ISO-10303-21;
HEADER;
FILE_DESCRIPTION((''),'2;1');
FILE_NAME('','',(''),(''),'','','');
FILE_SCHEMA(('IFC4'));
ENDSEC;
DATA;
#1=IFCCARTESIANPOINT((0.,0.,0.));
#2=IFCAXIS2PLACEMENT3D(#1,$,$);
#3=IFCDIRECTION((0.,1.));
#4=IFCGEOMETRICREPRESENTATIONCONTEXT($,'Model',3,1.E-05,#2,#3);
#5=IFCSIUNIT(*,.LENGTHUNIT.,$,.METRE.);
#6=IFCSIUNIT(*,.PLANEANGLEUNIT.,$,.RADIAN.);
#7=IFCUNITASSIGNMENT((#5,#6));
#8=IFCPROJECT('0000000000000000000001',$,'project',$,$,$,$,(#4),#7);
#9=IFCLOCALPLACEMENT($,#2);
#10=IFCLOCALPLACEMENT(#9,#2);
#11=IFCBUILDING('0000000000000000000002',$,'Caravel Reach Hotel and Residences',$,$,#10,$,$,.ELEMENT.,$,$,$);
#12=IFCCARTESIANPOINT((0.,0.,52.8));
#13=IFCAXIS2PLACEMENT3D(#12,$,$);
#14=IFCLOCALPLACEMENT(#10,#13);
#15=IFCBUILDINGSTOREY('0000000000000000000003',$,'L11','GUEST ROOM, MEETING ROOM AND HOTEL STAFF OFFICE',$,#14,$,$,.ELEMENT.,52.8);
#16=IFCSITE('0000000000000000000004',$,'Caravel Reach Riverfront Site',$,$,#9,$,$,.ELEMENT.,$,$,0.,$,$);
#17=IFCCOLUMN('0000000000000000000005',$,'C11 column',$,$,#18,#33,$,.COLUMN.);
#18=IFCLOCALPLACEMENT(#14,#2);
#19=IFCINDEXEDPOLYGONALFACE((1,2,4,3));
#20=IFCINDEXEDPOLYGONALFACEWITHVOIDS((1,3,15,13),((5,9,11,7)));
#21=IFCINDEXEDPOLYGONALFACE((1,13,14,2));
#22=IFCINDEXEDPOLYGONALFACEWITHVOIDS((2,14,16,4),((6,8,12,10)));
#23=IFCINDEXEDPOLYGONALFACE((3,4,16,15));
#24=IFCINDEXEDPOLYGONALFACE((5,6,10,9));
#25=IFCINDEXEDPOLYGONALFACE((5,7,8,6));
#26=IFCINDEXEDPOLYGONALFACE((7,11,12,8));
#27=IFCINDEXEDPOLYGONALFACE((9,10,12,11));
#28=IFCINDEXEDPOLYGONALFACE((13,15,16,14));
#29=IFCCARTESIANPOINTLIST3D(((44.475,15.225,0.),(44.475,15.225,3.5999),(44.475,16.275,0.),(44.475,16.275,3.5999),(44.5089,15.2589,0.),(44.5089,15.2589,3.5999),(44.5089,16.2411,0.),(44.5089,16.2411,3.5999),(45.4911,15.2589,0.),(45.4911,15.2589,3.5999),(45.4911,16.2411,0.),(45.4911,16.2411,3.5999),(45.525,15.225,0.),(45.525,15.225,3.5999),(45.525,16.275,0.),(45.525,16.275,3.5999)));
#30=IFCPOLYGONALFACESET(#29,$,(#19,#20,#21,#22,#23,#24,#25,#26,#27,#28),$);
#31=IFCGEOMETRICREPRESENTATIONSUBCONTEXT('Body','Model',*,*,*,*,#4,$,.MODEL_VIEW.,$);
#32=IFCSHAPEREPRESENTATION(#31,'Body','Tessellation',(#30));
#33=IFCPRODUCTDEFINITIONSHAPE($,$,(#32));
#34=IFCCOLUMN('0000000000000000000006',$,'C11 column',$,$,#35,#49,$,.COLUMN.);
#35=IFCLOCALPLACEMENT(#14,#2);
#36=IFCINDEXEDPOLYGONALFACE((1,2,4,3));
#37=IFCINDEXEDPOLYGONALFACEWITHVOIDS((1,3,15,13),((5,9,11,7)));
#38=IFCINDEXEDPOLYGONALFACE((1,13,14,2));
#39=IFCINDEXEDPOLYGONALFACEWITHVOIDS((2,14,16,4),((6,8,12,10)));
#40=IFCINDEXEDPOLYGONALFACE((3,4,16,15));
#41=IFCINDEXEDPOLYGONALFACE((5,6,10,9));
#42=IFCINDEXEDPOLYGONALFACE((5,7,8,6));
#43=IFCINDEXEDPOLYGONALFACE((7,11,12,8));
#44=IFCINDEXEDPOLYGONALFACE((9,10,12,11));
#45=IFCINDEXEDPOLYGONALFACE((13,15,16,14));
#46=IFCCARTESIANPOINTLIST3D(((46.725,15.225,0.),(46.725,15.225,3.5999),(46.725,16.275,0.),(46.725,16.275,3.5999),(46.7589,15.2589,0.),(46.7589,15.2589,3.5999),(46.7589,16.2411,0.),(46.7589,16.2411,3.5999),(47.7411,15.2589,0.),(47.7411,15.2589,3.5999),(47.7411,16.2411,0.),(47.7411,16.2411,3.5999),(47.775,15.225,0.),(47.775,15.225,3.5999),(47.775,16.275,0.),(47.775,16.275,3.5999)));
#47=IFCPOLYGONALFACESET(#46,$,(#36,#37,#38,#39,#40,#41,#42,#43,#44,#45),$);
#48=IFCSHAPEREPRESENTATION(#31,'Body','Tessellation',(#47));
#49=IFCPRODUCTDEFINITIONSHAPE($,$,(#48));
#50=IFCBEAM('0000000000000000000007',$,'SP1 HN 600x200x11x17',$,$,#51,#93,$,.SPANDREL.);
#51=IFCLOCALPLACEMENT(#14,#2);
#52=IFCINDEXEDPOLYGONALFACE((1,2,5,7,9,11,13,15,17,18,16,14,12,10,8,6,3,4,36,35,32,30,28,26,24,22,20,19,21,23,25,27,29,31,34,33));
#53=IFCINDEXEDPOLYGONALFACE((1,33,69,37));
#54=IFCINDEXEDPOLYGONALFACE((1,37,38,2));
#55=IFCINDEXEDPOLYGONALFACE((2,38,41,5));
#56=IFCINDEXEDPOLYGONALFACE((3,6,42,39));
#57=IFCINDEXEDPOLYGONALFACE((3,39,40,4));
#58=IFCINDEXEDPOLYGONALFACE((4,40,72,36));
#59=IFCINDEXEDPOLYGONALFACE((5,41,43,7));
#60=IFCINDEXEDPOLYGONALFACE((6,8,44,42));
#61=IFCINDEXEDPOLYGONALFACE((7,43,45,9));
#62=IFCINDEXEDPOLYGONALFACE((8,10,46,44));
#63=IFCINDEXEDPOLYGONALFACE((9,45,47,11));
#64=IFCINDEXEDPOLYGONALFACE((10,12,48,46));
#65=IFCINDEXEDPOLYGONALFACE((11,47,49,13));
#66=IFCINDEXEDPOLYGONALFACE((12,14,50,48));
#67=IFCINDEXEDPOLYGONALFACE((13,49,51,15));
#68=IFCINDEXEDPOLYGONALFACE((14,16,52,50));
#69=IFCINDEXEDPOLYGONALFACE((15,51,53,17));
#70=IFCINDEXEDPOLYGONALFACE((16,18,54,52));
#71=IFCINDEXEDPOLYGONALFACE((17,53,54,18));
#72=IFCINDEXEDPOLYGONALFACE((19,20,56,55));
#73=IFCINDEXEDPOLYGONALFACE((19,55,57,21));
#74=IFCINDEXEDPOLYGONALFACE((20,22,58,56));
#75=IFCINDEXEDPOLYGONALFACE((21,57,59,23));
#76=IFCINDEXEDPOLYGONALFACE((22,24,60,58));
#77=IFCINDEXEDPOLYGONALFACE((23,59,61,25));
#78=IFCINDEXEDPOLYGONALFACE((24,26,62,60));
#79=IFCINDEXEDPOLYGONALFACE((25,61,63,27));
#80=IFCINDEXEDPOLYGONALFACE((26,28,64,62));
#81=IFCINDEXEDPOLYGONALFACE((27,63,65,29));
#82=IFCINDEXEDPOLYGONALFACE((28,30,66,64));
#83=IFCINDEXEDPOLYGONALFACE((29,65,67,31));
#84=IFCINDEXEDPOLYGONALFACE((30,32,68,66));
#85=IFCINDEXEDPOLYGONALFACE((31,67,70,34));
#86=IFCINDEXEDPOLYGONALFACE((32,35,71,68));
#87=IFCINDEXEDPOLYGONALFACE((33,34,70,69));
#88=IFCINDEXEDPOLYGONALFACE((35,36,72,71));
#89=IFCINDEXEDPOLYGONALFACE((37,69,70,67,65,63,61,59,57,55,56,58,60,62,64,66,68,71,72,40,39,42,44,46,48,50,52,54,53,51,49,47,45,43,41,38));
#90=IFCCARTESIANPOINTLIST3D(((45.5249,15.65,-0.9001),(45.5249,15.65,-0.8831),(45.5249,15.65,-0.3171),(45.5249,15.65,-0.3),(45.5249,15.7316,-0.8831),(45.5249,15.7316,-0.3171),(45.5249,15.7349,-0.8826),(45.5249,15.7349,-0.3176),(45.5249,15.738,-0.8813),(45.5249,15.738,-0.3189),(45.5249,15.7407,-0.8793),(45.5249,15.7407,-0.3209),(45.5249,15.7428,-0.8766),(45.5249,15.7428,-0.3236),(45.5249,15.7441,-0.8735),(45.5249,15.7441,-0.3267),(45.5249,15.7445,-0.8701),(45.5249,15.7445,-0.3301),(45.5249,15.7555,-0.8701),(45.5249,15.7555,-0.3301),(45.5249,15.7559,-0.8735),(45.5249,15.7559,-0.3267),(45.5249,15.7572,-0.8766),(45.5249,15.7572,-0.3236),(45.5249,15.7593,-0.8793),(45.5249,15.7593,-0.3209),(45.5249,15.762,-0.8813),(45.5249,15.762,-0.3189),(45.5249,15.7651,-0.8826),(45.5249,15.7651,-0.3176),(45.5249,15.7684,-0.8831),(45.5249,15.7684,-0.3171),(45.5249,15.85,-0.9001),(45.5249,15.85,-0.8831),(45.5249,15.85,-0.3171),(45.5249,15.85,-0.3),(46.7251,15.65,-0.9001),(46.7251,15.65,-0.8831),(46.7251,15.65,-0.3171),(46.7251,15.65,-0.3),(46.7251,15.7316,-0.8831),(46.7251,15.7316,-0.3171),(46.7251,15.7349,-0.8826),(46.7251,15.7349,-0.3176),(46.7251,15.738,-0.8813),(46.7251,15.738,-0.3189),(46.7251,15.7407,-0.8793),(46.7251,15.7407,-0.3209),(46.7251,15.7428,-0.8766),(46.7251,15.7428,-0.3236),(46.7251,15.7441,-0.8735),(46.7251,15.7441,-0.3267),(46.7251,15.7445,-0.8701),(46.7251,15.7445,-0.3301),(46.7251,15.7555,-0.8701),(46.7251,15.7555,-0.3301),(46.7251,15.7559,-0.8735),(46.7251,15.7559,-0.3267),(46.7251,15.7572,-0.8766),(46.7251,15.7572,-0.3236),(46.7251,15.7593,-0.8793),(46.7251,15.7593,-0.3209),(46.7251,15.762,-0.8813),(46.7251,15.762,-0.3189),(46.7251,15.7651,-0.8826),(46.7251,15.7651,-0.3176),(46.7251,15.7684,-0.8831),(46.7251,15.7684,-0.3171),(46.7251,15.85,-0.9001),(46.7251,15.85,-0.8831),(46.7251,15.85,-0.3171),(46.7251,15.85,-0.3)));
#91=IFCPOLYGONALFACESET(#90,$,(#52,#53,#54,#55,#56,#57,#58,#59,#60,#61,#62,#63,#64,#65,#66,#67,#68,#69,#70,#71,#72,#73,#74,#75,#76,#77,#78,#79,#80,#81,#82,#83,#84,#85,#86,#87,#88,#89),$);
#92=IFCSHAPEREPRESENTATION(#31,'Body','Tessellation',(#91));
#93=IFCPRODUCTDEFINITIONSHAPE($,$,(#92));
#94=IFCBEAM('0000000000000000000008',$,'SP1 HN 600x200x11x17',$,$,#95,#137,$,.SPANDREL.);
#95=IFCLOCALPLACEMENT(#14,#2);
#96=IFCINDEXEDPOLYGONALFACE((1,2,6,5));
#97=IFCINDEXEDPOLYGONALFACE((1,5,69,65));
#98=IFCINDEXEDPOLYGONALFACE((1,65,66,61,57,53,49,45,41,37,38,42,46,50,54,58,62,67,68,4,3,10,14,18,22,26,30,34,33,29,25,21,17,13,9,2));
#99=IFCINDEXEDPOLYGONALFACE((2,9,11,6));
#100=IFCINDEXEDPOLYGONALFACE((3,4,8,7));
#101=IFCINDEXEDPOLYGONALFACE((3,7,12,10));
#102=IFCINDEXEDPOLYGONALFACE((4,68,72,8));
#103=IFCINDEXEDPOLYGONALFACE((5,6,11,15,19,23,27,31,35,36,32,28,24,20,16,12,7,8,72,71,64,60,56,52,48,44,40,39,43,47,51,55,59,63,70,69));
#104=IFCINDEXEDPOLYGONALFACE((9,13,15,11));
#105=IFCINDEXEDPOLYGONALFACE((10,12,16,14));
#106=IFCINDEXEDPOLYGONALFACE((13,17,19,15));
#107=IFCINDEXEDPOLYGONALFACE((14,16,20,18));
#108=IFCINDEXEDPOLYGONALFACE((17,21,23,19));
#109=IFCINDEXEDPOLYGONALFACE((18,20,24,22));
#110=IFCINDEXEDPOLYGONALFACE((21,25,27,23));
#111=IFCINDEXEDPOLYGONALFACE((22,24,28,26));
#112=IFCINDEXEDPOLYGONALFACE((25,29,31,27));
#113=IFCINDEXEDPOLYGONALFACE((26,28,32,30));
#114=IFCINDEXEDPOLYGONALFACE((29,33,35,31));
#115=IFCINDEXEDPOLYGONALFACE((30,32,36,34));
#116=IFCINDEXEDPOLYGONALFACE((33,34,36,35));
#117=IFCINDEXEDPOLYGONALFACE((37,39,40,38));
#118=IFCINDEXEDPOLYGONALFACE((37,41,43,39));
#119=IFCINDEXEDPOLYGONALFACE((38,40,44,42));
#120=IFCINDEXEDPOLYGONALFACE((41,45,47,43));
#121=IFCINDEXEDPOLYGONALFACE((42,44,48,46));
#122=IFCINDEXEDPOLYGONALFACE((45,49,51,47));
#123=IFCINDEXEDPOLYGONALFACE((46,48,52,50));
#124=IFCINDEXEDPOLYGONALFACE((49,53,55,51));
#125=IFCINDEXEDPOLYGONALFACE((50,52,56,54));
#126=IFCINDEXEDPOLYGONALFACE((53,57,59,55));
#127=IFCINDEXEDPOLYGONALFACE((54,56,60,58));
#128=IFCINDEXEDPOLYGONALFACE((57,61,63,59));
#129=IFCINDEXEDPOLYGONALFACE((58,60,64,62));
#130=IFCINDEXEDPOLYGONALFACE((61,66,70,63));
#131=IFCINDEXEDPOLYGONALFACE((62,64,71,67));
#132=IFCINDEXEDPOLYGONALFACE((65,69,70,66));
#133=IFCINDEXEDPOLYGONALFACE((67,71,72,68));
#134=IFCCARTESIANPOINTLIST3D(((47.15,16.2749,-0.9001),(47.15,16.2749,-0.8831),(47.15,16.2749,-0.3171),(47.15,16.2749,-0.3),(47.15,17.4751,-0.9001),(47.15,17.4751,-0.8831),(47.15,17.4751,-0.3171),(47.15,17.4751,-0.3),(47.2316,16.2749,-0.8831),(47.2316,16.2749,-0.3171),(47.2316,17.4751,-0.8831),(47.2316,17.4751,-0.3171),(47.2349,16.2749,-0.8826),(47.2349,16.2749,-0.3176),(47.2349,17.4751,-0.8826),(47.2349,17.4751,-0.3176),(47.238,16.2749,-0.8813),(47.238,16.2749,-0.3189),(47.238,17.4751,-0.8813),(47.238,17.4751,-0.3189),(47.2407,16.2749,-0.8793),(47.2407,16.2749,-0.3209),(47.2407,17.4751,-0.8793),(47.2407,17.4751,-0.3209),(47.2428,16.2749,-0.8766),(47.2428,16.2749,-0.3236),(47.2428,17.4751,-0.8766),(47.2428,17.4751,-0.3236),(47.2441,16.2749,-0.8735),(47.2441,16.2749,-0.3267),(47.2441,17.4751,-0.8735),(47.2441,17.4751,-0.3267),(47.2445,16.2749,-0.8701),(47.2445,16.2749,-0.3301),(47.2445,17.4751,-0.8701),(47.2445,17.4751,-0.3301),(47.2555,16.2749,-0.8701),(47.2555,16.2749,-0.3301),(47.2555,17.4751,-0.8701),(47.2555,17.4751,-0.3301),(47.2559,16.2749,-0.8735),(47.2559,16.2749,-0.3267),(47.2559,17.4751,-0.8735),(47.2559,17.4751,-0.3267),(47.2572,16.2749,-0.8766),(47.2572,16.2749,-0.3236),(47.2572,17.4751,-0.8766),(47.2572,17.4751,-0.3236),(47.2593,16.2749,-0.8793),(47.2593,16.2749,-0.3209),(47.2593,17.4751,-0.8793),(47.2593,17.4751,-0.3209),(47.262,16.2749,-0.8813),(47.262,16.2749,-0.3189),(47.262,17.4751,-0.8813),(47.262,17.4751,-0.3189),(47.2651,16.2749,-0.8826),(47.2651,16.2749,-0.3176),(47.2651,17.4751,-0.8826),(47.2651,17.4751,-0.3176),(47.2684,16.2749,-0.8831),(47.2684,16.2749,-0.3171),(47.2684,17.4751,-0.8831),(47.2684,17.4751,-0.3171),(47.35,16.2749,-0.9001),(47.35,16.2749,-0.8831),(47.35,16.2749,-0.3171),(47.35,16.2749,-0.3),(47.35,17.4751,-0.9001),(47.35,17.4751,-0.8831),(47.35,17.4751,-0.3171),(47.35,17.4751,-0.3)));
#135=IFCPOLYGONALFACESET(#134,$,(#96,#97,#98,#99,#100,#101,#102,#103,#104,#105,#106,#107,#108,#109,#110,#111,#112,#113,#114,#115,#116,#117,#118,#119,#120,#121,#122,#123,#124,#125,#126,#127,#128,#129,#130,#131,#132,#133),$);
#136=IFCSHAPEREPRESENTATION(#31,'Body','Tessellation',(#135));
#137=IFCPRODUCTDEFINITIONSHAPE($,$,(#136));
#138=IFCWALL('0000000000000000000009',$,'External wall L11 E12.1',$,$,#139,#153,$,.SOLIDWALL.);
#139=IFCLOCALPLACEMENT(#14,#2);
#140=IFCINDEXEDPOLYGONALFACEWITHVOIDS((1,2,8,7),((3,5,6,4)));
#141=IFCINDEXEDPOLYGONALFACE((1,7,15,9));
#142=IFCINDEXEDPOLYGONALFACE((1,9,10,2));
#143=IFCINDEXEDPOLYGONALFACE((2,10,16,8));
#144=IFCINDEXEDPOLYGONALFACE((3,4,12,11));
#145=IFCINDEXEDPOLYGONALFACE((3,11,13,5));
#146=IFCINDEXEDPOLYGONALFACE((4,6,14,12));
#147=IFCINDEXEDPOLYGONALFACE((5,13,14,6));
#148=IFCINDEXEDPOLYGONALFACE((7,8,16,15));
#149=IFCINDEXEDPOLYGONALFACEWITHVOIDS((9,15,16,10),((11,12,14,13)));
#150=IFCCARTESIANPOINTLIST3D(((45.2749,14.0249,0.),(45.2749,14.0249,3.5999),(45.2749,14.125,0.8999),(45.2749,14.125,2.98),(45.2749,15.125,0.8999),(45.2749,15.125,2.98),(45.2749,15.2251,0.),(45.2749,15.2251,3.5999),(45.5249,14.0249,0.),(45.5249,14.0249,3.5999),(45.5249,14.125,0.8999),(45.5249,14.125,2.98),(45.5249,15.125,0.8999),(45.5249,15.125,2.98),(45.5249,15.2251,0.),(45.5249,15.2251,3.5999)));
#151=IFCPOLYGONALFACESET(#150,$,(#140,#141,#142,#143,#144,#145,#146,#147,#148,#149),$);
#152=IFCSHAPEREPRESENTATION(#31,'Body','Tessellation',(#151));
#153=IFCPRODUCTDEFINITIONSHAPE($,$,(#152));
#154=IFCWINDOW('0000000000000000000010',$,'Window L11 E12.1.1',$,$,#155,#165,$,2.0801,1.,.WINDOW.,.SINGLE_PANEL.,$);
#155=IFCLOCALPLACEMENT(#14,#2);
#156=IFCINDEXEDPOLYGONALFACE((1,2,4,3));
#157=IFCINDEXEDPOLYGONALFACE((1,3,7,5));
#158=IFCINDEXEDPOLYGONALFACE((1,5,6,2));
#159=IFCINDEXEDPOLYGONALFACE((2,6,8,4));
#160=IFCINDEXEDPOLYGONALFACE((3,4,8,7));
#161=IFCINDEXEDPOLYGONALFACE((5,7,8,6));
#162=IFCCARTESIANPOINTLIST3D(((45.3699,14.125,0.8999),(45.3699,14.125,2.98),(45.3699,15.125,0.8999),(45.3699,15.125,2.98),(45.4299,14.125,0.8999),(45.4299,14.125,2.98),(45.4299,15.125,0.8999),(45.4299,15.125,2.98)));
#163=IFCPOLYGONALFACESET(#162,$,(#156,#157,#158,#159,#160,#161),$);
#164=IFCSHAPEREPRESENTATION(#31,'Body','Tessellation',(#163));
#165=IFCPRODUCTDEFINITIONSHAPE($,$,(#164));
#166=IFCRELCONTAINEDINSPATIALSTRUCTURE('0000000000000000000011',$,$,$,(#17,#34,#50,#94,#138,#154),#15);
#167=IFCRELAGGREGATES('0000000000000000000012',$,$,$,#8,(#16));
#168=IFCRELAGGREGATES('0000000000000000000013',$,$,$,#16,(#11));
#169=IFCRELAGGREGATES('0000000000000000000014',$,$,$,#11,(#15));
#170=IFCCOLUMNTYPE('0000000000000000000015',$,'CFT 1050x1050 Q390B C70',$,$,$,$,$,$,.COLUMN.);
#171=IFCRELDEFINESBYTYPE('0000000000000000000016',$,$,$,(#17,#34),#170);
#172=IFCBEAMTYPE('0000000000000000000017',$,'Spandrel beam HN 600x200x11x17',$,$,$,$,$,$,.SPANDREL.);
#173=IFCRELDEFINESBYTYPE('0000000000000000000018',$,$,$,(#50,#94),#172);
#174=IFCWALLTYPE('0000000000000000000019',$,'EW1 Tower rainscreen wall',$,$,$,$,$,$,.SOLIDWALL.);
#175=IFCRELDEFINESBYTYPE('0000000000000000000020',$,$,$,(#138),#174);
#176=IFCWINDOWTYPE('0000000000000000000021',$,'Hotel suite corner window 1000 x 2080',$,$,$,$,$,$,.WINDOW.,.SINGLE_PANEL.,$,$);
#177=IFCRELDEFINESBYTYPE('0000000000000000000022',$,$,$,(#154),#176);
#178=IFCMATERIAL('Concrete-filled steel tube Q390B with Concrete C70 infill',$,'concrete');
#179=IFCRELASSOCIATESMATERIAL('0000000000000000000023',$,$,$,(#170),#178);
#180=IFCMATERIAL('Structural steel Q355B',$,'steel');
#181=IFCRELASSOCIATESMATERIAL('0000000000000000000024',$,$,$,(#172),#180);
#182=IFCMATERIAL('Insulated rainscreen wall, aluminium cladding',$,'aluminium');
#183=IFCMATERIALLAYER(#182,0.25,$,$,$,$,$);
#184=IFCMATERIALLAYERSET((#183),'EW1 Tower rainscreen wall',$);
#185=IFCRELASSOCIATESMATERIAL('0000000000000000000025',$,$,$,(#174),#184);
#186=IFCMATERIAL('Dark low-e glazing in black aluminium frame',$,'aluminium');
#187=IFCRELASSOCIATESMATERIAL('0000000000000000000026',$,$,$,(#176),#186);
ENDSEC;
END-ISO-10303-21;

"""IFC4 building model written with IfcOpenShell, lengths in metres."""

from ifc_helpers import new_model, si_unit, direction, frame, frame_2d, origin, origin_2d, place, context, subcontext, project, spatial, rectangle, hollow_rectangle, i_section, extrude, material, layer, layer_set, material_profile, profile_set, type_object, element, fill, save


model = new_model("IFC4")

# Units and contexts
model_context = context("Model", 3, precision=1e-05, world=origin(), true_north=direction((0.0, 1.0)))
body_context = subcontext(model_context, "Body", "Model", "MODEL_VIEW")
ifc_project = project(units=[si_unit("LENGTHUNIT", "METRE"), si_unit("PLANEANGLEUNIT", "RADIAN")], contexts=[model_context])

# Site, building, storey
site_placement = place(None, origin())
site = spatial("IfcSite", under=ifc_project, at=site_placement, Name="Caravel Reach Riverfront Site", CompositionType="ELEMENT", RefElevation=0.0)
building_placement = place(site_placement, origin())
building = spatial("IfcBuilding", under=site, at=building_placement, Name="Caravel Reach Hotel and Residences", CompositionType="ELEMENT")
storey_placement = place(building_placement, frame((0.0, 0.0, 52.8)))
storey = spatial("IfcBuildingStorey", under=building, at=storey_placement, Name="L11", Description="GUEST ROOM, MEETING ROOM AND HOTEL STAFF OFFICE", CompositionType="ELEMENT", Elevation=52.8)

# Columns
ifc_material_1 = material(Name="Concrete-filled steel tube Q390B with Concrete C70 infill", Category="concrete")
ifc_material_profile_1 = material_profile(ifc_material_1, hollow_rectangle(XDim=1.05, YDim=1.05, WallThickness=0.0339, at=origin_2d()), Name="RHS 1050x1050x34")
ifc_profile_set_1 = profile_set([ifc_material_profile_1], Name="Concrete-filled steel tube Q390B with Concrete C70 infill")
column_type = type_object("IfcColumnType", Name="CFT 1050x1050 Q390B C70", PredefinedType="COLUMN", material=ifc_profile_set_1)
for number, where, z_axis, x_axis, name in (
    (1, (45.0, 15.75, 0.0), (0.0, 0.0, 1.0), (1.0, 0.0, 0.0), "C11 column"),
    (2, (47.25, 15.75, 0.0), (0.0, 0.0, 1.0), (1.0, 0.0, 0.0), "C11 column"),
):
    element("IfcColumn", number, at=place(storey_placement, frame(where, z_axis=z_axis, x_axis=x_axis)), inside=storey, type_object=column_type, Name=name, PredefinedType="COLUMN", context=body_context, shape_type="SweptSolid", body=[
        extrude(hollow_rectangle(XDim=1.05, YDim=1.05, WallThickness=0.0339, at=origin_2d()), origin(), (0.0, 0.0, 1.0), 3.5999),
    ])

# Beams
ifc_material_2 = material(Name="Structural steel Q355B", Category="steel")
ifc_material_profile_2 = material_profile(ifc_material_2, i_section(OverallWidth=0.2, OverallDepth=0.6001, WebThickness=0.011, FlangeThickness=0.0171, FilletRadius=0.0129, at=origin_2d()), Name="HN 600x200x11x17")
ifc_profile_set_2 = profile_set([ifc_material_profile_2], Name="Structural steel Q355B")
beam_type = type_object("IfcBeamType", Name="Spandrel beam HN 600x200x11x17", PredefinedType="SPANDREL", material=ifc_profile_set_2)
for number, where, z_axis, x_axis, name in (
    (3, (45.5249, 15.75, -0.6001), (1.0, 0.0, 0.0), (0.0, 1.0, 0.0), "SP1 HN 600x200x11x17"),
    (4, (47.25, 16.2749, -0.6001), (0.0, 1.0, 0.0), (-1.0, 0.0, 0.0), "SP1 HN 600x200x11x17"),
):
    element("IfcBeam", number, at=place(storey_placement, frame(where, z_axis=z_axis, x_axis=x_axis)), inside=storey, type_object=beam_type, Name=name, PredefinedType="SPANDREL", context=body_context, shape_type="SweptSolid", body=[
        extrude(i_section(OverallWidth=0.2, OverallDepth=0.6001, WebThickness=0.011, FlangeThickness=0.0171, FilletRadius=0.0129, at=origin_2d()), origin(), (0.0, 0.0, 1.0), 1.2002),
    ])

# Wall, opening, window
ifc_material_3 = material(Name="Insulated rainscreen wall, aluminium cladding", Category="aluminium")
ifc_layer_1 = layer(ifc_material_3, 0.25)
ifc_layer_set_1 = layer_set([ifc_layer_1], Name="EW1 Tower rainscreen wall")
wall_type_1 = type_object("IfcWallType", Name="EW1 Tower rainscreen wall", PredefinedType="SOLIDWALL", material=ifc_layer_set_1)
wall_1_placement = place(storey_placement, frame((45.3999, 14.0249, 0.0), z_axis=(0.0, 0.0, 1.0), x_axis=(0.0, 1.0, 0.0)))
wall_1 = element("IfcWall", 5, at=wall_1_placement, inside=storey, type_object=wall_type_1, Name="External wall L11 E12.1", PredefinedType="SOLIDWALL", context=body_context, shape_type="SweptSolid", body=[
    extrude(rectangle(XDim=1.2002, YDim=0.25, at=frame_2d((0.6001, 0.0))), origin(), (0.0, 0.0, 1.0), 3.5999),
])
opening_1_placement = place(wall_1_placement, frame((0.1001, 0.0, 0.8999)))
opening_1 = element("IfcOpeningElement", 6, at=opening_1_placement, cuts=wall_1, PredefinedType="OPENING", context=body_context, shape_type="SweptSolid", body=[
    extrude(rectangle(XDim=1.0, YDim=2.0801, at=frame_2d((0.5, 1.04))), frame((0.0, 0.135, 0.0), z_axis=(0.0, -1.0, 0.0), x_axis=(1.0, 0.0, 0.0)), (0.0, 0.0, 1.0), 0.27),
])
ifc_material_4 = material(Name="Dark low-e glazing in black aluminium frame", Category="aluminium")
window_type = type_object("IfcWindowType", Name="Hotel suite corner window 1000 x 2080", PartitioningType="SINGLE_PANEL", PredefinedType="WINDOW", material=ifc_material_4)
window_1_placement = place(opening_1_placement, origin())
window_1 = element("IfcWindow", 7, at=window_1_placement, inside=storey, type_object=window_type, Name="Window L11 E12.1.1", OverallHeight=2.0801, OverallWidth=1.0, PartitioningType="SINGLE_PANEL", PredefinedType="WINDOW", context=body_context, shape_type="SweptSolid", body=[
    extrude(rectangle(XDim=1.0, YDim=2.0801, at=frame_2d((0.5, 1.04))), frame((0.0, 0.03, 0.0), z_axis=(0.0, -1.0, 0.0), x_axis=(1.0, 0.0, 0.0)), (0.0, 0.0, 1.0), 0.0601),
])
fill(opening_1, window_1)

save(model, "model.ifc")
